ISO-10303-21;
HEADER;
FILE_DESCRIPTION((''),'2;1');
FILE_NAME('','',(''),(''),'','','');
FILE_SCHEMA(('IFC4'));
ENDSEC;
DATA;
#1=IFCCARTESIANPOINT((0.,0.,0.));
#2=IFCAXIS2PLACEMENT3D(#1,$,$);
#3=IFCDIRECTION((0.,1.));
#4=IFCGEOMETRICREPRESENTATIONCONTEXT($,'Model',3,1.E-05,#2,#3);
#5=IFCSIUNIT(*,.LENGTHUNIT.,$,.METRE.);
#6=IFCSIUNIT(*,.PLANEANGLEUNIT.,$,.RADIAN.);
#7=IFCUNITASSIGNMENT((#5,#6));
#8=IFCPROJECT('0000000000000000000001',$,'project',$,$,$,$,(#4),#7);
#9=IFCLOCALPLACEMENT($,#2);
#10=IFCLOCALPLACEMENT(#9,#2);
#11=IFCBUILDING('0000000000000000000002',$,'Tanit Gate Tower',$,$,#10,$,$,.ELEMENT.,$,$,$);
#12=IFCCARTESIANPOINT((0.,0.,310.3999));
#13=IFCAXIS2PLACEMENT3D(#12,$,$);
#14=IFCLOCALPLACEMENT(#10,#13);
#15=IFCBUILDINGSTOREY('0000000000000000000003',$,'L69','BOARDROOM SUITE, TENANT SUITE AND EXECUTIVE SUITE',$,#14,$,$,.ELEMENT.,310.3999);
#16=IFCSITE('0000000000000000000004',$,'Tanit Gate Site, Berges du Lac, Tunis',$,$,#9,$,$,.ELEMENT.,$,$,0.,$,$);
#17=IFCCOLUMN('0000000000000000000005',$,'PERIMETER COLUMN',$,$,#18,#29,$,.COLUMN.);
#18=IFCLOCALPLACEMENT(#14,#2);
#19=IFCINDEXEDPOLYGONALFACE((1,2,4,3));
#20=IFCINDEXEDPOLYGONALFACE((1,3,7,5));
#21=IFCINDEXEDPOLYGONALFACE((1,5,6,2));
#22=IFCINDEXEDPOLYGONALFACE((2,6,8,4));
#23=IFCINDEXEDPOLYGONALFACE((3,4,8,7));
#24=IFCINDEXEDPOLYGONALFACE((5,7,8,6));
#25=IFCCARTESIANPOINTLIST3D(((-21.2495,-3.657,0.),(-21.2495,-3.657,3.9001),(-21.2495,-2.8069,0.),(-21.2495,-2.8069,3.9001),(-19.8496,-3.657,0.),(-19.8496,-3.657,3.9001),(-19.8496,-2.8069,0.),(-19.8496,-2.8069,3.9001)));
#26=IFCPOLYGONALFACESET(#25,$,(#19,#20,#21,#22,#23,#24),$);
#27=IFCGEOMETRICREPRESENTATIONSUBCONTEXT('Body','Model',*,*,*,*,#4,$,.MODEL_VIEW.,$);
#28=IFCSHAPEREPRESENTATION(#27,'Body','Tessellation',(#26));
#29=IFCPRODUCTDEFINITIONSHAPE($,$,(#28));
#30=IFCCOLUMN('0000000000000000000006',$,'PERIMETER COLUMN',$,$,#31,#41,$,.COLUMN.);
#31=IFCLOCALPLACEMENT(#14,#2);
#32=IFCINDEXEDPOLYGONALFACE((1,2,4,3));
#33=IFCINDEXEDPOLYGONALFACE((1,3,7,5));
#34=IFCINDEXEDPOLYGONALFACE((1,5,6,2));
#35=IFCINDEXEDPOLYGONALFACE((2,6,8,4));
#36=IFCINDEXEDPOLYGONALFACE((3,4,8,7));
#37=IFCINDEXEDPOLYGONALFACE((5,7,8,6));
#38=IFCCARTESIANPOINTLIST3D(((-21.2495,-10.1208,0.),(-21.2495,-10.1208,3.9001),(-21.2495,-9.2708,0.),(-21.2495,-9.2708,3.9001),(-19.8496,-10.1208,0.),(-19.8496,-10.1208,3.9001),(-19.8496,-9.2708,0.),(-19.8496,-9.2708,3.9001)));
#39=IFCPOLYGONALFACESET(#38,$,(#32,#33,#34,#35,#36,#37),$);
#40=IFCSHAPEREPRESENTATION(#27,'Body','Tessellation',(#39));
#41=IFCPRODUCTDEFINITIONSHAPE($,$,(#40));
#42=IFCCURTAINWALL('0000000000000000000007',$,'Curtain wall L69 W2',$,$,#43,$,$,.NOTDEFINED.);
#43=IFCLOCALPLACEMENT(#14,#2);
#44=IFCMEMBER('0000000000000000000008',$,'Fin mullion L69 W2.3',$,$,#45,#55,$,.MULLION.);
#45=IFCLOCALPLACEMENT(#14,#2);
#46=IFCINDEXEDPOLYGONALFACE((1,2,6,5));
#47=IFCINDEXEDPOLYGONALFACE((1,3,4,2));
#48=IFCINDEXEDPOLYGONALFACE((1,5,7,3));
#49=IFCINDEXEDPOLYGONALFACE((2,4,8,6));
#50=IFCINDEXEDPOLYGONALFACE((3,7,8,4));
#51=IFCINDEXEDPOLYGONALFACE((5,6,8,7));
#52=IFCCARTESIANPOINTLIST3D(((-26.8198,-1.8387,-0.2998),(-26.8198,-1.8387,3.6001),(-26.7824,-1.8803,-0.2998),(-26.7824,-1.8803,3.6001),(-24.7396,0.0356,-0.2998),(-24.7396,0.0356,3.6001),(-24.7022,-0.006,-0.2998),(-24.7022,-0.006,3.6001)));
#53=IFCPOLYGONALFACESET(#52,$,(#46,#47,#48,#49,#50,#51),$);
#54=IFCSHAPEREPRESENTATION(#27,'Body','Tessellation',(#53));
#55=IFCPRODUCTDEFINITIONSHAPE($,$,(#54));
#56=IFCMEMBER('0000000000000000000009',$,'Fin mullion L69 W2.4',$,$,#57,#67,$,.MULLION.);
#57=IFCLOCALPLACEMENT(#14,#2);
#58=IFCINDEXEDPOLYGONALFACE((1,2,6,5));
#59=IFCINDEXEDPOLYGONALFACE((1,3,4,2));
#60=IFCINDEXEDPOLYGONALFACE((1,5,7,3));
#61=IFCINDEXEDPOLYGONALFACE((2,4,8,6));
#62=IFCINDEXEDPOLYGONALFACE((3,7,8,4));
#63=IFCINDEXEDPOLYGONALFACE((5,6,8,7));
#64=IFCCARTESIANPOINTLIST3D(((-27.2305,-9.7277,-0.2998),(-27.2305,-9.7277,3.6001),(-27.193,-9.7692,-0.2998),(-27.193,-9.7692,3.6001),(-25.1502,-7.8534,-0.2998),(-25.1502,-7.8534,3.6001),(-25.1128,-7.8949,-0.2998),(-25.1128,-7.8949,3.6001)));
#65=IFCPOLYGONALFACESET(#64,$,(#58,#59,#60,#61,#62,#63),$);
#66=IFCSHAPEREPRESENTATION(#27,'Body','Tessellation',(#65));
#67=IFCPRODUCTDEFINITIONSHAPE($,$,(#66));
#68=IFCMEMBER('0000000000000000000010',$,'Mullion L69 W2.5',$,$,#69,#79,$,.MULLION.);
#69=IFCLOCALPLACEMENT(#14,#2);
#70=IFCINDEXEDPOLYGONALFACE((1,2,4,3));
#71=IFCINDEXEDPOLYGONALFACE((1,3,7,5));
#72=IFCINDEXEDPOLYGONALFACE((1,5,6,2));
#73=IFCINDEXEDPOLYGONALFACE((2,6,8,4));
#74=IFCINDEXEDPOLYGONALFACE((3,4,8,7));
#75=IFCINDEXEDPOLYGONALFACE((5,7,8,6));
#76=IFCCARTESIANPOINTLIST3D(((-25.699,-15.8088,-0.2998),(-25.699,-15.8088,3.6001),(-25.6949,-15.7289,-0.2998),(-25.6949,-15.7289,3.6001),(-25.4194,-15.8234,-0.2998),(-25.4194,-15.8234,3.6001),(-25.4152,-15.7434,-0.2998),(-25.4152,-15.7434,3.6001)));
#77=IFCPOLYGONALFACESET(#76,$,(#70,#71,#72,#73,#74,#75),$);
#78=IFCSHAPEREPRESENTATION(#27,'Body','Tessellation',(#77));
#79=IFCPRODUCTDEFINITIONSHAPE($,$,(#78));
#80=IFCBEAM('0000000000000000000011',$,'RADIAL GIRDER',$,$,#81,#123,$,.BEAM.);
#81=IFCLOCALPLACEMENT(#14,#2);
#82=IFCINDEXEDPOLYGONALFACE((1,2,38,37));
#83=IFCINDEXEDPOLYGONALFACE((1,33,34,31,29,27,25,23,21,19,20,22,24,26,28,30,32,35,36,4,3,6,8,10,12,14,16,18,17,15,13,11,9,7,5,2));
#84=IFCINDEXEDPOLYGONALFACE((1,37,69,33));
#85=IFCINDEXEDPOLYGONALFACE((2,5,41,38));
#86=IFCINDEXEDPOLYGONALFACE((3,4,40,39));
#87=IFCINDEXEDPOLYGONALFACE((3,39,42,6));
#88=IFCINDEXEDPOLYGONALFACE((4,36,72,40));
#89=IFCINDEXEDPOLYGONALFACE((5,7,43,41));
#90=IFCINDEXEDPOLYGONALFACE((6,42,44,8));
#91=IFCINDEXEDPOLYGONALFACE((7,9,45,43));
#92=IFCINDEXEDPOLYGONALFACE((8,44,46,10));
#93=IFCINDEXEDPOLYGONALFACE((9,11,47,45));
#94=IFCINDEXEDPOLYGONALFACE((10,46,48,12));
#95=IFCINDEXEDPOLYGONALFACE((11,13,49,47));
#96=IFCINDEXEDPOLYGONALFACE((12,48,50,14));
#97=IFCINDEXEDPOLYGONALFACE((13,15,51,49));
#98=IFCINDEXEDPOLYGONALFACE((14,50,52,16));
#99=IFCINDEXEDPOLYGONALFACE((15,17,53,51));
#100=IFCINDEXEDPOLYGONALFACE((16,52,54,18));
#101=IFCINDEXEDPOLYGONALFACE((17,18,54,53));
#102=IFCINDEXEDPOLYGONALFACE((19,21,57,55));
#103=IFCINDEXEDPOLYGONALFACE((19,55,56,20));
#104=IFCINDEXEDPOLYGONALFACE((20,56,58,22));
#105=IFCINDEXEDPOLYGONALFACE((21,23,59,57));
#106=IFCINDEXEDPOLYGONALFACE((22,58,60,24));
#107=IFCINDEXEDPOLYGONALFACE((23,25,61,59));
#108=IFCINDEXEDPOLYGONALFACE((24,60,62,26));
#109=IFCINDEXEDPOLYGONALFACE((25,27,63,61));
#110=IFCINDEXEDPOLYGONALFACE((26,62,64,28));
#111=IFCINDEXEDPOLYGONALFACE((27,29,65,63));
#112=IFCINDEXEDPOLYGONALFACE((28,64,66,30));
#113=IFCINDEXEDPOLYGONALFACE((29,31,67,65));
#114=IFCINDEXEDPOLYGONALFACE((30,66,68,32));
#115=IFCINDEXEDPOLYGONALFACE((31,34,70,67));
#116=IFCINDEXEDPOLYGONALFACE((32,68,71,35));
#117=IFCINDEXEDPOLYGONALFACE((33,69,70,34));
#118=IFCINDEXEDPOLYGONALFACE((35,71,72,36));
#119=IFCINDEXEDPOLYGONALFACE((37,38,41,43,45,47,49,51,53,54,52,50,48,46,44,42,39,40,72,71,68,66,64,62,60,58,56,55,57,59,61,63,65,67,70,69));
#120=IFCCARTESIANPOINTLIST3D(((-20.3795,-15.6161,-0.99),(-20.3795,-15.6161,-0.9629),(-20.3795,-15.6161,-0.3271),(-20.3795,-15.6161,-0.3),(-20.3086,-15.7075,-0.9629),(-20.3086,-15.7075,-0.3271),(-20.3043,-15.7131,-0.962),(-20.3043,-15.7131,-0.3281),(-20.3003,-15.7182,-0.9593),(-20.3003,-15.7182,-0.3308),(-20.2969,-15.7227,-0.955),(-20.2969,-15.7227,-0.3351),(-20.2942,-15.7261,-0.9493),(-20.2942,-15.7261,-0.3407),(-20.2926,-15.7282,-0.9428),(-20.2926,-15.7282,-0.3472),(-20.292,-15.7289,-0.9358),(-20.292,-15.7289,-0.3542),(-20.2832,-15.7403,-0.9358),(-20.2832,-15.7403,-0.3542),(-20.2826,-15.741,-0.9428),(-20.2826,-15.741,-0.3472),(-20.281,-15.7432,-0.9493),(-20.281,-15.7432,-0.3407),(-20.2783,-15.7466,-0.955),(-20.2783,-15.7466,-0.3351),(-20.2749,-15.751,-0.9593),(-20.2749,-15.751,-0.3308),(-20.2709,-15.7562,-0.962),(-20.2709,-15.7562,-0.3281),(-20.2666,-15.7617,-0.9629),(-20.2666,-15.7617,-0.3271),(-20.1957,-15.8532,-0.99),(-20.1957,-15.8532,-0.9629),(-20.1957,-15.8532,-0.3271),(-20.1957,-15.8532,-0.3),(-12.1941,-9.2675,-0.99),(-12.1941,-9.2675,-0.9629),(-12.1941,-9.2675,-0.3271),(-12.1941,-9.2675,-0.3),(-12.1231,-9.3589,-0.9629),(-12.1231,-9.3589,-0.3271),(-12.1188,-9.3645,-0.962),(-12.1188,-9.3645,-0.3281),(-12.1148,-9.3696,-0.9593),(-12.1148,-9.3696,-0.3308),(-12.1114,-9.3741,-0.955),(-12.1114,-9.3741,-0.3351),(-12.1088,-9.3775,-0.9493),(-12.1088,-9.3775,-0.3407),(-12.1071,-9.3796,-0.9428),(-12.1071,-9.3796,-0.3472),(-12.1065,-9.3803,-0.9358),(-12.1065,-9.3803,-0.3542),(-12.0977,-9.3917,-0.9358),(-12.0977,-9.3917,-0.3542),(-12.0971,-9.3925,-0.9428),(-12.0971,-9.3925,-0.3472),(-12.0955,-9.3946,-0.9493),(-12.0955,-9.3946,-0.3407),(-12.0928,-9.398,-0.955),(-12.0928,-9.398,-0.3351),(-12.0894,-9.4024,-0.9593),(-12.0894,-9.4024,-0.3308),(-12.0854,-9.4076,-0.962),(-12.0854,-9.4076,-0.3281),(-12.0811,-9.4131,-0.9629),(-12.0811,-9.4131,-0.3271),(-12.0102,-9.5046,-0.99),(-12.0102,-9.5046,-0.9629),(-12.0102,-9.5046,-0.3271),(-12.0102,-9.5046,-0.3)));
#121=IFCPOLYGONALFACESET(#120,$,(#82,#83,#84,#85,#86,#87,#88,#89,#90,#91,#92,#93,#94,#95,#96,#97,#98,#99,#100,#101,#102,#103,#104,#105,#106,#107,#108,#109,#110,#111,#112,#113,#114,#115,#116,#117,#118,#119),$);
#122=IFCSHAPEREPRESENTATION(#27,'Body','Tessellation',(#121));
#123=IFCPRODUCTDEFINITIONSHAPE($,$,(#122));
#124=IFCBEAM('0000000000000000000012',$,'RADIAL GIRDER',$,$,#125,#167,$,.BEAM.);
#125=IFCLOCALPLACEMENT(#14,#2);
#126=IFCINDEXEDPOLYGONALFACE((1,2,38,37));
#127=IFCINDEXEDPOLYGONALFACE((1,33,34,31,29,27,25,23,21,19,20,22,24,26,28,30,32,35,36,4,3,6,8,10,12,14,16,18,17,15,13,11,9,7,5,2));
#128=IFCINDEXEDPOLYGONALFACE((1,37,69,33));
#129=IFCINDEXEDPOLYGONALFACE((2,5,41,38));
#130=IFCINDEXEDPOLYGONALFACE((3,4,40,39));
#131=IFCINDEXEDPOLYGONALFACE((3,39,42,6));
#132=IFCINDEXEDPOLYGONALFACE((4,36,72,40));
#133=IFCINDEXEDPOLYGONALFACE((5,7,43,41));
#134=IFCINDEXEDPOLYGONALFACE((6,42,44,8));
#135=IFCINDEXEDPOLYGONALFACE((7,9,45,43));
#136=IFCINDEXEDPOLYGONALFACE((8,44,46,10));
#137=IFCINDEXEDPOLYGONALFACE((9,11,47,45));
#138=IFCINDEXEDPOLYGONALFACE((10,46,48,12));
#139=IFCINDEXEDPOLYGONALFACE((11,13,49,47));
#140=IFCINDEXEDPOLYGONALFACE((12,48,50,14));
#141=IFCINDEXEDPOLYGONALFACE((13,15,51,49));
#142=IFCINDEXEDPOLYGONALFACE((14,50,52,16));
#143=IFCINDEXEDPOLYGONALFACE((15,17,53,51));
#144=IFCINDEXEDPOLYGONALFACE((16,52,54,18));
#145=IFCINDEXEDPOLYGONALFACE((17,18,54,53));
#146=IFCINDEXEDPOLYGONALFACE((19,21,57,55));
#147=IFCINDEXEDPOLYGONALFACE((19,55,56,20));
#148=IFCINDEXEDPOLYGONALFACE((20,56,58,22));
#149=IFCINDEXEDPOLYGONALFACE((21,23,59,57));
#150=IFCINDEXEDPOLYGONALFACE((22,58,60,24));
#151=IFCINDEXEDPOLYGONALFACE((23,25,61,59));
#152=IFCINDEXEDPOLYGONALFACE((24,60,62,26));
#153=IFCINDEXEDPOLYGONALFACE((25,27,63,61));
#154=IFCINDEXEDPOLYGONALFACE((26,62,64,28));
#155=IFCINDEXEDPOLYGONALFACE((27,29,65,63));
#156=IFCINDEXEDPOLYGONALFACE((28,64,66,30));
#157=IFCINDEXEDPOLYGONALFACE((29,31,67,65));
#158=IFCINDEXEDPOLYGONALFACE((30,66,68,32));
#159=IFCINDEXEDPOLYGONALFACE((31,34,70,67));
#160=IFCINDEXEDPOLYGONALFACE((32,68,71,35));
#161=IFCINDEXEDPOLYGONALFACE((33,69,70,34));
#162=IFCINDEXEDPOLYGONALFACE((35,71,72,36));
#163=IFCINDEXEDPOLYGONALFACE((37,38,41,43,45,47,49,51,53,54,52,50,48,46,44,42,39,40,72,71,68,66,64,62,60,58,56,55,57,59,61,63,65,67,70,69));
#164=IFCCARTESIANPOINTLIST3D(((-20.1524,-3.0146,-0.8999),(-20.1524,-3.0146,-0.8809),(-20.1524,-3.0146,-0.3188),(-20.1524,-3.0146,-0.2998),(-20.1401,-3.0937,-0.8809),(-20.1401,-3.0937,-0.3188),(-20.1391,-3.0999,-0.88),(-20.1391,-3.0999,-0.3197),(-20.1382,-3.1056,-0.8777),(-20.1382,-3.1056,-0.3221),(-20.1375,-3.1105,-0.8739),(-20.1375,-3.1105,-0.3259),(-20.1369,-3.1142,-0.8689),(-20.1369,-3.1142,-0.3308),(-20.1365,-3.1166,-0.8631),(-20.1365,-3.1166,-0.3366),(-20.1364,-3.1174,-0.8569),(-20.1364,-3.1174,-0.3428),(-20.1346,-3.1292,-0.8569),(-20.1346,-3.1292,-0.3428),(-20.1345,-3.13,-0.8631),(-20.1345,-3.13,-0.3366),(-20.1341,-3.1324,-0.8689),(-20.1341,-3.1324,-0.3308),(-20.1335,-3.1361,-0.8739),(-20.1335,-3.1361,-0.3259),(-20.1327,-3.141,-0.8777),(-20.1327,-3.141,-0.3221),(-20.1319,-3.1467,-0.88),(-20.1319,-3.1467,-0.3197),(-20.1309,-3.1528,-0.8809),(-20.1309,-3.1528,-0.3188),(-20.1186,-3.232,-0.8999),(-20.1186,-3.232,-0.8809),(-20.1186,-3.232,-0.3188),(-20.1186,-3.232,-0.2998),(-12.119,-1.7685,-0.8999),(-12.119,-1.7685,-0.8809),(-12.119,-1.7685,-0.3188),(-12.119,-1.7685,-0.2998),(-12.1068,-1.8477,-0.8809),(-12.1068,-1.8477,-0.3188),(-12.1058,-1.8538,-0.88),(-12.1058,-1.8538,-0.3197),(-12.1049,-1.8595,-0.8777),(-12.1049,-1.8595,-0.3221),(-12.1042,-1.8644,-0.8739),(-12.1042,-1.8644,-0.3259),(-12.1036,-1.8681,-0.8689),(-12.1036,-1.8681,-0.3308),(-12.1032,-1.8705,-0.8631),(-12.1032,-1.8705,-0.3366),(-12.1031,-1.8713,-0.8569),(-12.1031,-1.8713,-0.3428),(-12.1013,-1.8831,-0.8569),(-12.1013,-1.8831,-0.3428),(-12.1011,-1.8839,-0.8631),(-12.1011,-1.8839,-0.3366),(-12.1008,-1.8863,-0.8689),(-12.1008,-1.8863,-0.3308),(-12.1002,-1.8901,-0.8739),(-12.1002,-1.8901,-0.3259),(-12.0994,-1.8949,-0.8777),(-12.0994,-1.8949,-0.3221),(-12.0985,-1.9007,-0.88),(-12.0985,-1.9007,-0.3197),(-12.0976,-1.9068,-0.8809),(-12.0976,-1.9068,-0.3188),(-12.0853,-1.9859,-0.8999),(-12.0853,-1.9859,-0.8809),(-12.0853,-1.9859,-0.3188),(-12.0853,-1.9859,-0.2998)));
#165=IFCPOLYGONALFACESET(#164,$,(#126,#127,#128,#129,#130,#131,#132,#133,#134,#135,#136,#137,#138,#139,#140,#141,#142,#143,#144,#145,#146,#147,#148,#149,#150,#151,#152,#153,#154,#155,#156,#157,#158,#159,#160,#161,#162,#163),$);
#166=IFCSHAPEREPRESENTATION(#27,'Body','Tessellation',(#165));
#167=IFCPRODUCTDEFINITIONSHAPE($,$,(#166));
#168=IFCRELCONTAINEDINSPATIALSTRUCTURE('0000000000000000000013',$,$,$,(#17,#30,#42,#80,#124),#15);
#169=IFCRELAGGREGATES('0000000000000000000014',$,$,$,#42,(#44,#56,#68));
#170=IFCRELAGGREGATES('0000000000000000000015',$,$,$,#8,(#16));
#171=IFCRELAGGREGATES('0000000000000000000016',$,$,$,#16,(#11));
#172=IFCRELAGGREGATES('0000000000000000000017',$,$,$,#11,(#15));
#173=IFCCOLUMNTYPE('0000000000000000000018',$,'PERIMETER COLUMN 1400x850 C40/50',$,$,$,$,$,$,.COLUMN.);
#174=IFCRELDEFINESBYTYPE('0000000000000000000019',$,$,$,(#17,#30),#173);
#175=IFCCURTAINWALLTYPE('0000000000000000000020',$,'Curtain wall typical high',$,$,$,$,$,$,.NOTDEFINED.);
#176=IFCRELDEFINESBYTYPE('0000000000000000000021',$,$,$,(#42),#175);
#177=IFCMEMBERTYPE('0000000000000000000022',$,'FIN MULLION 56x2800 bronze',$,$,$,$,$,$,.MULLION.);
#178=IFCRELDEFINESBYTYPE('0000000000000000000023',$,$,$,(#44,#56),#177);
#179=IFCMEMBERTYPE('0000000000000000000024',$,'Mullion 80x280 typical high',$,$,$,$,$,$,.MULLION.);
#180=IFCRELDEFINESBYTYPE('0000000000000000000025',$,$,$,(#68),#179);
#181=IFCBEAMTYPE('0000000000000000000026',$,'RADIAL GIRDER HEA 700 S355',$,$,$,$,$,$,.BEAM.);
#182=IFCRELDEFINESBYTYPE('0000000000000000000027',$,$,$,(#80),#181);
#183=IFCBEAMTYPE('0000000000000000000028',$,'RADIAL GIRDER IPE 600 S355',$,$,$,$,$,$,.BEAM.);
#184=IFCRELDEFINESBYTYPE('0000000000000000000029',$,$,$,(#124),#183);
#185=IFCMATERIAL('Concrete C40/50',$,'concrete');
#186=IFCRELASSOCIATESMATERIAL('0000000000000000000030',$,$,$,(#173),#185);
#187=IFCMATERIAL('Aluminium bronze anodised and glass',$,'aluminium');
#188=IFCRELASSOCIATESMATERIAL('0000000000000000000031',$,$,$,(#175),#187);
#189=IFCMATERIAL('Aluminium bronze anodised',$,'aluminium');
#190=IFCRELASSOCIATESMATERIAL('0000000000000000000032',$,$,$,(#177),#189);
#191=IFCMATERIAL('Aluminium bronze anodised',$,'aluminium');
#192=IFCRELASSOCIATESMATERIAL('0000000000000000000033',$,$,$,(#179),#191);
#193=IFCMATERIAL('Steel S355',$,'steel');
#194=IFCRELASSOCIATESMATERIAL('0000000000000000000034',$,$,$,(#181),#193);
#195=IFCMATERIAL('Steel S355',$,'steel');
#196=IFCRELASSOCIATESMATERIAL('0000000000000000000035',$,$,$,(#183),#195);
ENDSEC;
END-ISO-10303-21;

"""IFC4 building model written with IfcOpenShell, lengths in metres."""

from ifc_helpers import new_model, si_unit, direction, frame, origin, origin_2d, place, context, subcontext, project, spatial, rectangle, i_section, extrude, material, material_profile, profile_set, type_object, element, aggregate, save


model = new_model("IFC4")

# Units and contexts
model_context = context("Model", 3, precision=1e-05, world=origin(), true_north=direction((0.0, 1.0)))
body_context = subcontext(model_context, "Body", "Model", "MODEL_VIEW")
ifc_project = project(units=[si_unit("LENGTHUNIT", "METRE"), si_unit("PLANEANGLEUNIT", "RADIAN")], contexts=[model_context])

# Site, building, storey
site_placement = place(None, origin())
site = spatial("IfcSite", under=ifc_project, at=site_placement, Name="Tanit Gate Site, Berges du Lac, Tunis", CompositionType="ELEMENT", RefElevation=0.0)
building_placement = place(site_placement, origin())
building = spatial("IfcBuilding", under=site, at=building_placement, Name="Tanit Gate Tower", CompositionType="ELEMENT")
storey_placement = place(building_placement, frame((0.0, 0.0, 310.3999)))
storey = spatial("IfcBuildingStorey", under=building, at=storey_placement, Name="L69", Description="BOARDROOM SUITE, TENANT SUITE AND EXECUTIVE SUITE", CompositionType="ELEMENT", Elevation=310.3999)

# Columns
ifc_material_1 = material(Name="Concrete C40/50", Category="concrete")
ifc_material_profile_1 = material_profile(ifc_material_1, rectangle(XDim=1.3999, YDim=0.8501, at=origin_2d()), Name="RC 1400x850")
ifc_profile_set_1 = profile_set([ifc_material_profile_1], Name="Concrete C40/50")
column_type = type_object("IfcColumnType", Name="PERIMETER COLUMN 1400x850 C40/50", PredefinedType="COLUMN", material=ifc_profile_set_1)
for number, where, z_axis, x_axis, name in (
    (1, (-20.5496, -3.2319, 0.0), (0.0, 0.0, 1.0), (-1.0, 0.0, 0.0), "PERIMETER COLUMN"),
    (2, (-20.5496, -9.6958, 0.0), (0.0, 0.0, 1.0), (-1.0, 0.0, 0.0), "PERIMETER COLUMN"),
):
    element("IfcColumn", number, at=place(storey_placement, frame(where, z_axis=z_axis, x_axis=x_axis)), inside=storey, type_object=column_type, Name=name, PredefinedType="COLUMN", context=body_context, shape_type="SweptSolid", body=[
        extrude(rectangle(XDim=1.3999, YDim=0.8501, at=origin_2d()), origin(), (0.0, 0.0, 1.0), 3.9001),
    ])

# Curtain wall, members
ifc_material_2 = material(Name="Aluminium bronze anodised and glass", Category="aluminium")
curtain_wall_type = type_object("IfcCurtainWallType", Name="Curtain wall typical high", PredefinedType="NOTDEFINED", material=ifc_material_2)
curtain_wall_1_placement = place(storey_placement, origin())
curtain_wall_1 = element("IfcCurtainWall", 3, at=curtain_wall_1_placement, inside=storey, type_object=curtain_wall_type, Name="Curtain wall L69 W2", PredefinedType="NOTDEFINED")
ifc_material_3 = material(Name="Aluminium bronze anodised", Category="aluminium")
ifc_material_profile_2 = material_profile(ifc_material_3, rectangle(XDim=2.8, YDim=0.0559, at=origin_2d()), Name="56x2800 bronze fin mullion")
ifc_profile_set_2 = profile_set([ifc_material_profile_2], Name="Aluminium bronze anodised")
member_type_1 = type_object("IfcMemberType", Name="FIN MULLION 56x2800 bronze", PredefinedType="MULLION", material=ifc_profile_set_2)
member_1_placement = place(storey_placement, frame((-25.761, -0.9224, -0.2998), z_axis=(0.0, 0.0, 1.0), x_axis=(0.742922, 0.669378, 0.0)))
member_1 = element("IfcMember", 4, at=member_1_placement, type_object=member_type_1, Name="Fin mullion L69 W2.3", PredefinedType="MULLION", context=body_context, shape_type="SweptSolid", body=[
    extrude(rectangle(XDim=2.8, YDim=0.0559, at=origin_2d()), origin(), (0.0, 0.0, 1.0), 3.8999),
])
member_2_placement = place(storey_placement, frame((-26.1716, -8.8113, -0.2998), z_axis=(0.0, 0.0, 1.0), x_axis=(0.742922, 0.669378, 0.0)))
member_2 = element("IfcMember", 5, at=member_2_placement, type_object=member_type_1, Name="Fin mullion L69 W2.4", PredefinedType="MULLION", context=body_context, shape_type="SweptSolid", body=[
    extrude(rectangle(XDim=2.8, YDim=0.0559, at=origin_2d()), origin(), (0.0, 0.0, 1.0), 3.8999),
])
ifc_material_4 = material(Name="Aluminium bronze anodised", Category="aluminium")
ifc_material_profile_3 = material_profile(ifc_material_4, rectangle(XDim=0.28, YDim=0.0801, at=origin_2d()), Name="80x280 bronze mullion")
ifc_profile_set_3 = profile_set([ifc_material_profile_3], Name="Aluminium bronze anodised")
member_type_2 = type_object("IfcMemberType", Name="Mullion 80x280 typical high", PredefinedType="MULLION", material=ifc_profile_set_3)
member_3_placement = place(storey_placement, frame((-25.5571, -15.7761, -0.2998), z_axis=(0.0, 0.0, 1.0), x_axis=(0.998647, -0.052003, 0.0)))
member_3 = element("IfcMember", 6, at=member_3_placement, type_object=member_type_2, Name="Mullion L69 W2.5", PredefinedType="MULLION", context=body_context, shape_type="SweptSolid", body=[
    extrude(rectangle(XDim=0.28, YDim=0.0801, at=origin_2d()), origin(), (0.0, 0.0, 1.0), 3.8999),
])

# Beams
ifc_material_5 = material(Name="Steel S355", Category="steel")
ifc_material_profile_4 = material_profile(ifc_material_5, i_section(OverallWidth=0.3, OverallDepth=0.6899, WebThickness=0.0144, FlangeThickness=0.0271, FilletRadius=0.0271, at=origin_2d()), Name="HEA 700")
ifc_profile_set_4 = profile_set([ifc_material_profile_4], Name="Steel S355")
beam_type_1 = type_object("IfcBeamType", Name="RADIAL GIRDER HEA 700 S355", PredefinedType="BEAM", material=ifc_profile_set_4)
beam_1_placement = place(storey_placement, frame((-20.2876, -15.7346, -0.645), z_axis=(0.790189, 0.612863, 0.0), x_axis=(-0.612863, 0.790189, 0.0)))
element("IfcBeam", 7, at=beam_1_placement, inside=storey, type_object=beam_type_1, Name="RADIAL GIRDER", PredefinedType="BEAM", context=body_context, shape_type="SweptSolid", body=[
    extrude(i_section(OverallWidth=0.3, OverallDepth=0.6899, WebThickness=0.0144, FlangeThickness=0.0271, FilletRadius=0.0271, at=origin_2d()), origin(), (0.0, 0.0, 1.0), 10.3589),
])
ifc_material_6 = material(Name="Steel S355", Category="steel")
ifc_material_profile_5 = material_profile(ifc_material_6, i_section(OverallWidth=0.22, OverallDepth=0.6001, WebThickness=0.012, FlangeThickness=0.019, FilletRadius=0.0239, at=origin_2d()), Name="IPE 600")
ifc_profile_set_5 = profile_set([ifc_material_profile_5], Name="Steel S355")
beam_type_2 = type_object("IfcBeamType", Name="RADIAL GIRDER IPE 600 S355", PredefinedType="BEAM", material=ifc_profile_set_5)
beam_2_placement = place(storey_placement, frame((-20.1355, -3.1233, -0.5999), z_axis=(0.988183, 0.15328, 0.0), x_axis=(-0.15328, 0.988183, 0.0)))
element("IfcBeam", 8, at=beam_2_placement, inside=storey, type_object=beam_type_2, Name="RADIAL GIRDER", PredefinedType="BEAM", context=body_context, shape_type="SweptSolid", body=[
    extrude(i_section(OverallWidth=0.22, OverallDepth=0.6001, WebThickness=0.012, FlangeThickness=0.019, FilletRadius=0.0239, at=origin_2d()), origin(), (0.0, 0.0, 1.0), 8.1294),
])

aggregate(curtain_wall_1, [member_1, member_2, member_3])

save(model, "model.ifc")
